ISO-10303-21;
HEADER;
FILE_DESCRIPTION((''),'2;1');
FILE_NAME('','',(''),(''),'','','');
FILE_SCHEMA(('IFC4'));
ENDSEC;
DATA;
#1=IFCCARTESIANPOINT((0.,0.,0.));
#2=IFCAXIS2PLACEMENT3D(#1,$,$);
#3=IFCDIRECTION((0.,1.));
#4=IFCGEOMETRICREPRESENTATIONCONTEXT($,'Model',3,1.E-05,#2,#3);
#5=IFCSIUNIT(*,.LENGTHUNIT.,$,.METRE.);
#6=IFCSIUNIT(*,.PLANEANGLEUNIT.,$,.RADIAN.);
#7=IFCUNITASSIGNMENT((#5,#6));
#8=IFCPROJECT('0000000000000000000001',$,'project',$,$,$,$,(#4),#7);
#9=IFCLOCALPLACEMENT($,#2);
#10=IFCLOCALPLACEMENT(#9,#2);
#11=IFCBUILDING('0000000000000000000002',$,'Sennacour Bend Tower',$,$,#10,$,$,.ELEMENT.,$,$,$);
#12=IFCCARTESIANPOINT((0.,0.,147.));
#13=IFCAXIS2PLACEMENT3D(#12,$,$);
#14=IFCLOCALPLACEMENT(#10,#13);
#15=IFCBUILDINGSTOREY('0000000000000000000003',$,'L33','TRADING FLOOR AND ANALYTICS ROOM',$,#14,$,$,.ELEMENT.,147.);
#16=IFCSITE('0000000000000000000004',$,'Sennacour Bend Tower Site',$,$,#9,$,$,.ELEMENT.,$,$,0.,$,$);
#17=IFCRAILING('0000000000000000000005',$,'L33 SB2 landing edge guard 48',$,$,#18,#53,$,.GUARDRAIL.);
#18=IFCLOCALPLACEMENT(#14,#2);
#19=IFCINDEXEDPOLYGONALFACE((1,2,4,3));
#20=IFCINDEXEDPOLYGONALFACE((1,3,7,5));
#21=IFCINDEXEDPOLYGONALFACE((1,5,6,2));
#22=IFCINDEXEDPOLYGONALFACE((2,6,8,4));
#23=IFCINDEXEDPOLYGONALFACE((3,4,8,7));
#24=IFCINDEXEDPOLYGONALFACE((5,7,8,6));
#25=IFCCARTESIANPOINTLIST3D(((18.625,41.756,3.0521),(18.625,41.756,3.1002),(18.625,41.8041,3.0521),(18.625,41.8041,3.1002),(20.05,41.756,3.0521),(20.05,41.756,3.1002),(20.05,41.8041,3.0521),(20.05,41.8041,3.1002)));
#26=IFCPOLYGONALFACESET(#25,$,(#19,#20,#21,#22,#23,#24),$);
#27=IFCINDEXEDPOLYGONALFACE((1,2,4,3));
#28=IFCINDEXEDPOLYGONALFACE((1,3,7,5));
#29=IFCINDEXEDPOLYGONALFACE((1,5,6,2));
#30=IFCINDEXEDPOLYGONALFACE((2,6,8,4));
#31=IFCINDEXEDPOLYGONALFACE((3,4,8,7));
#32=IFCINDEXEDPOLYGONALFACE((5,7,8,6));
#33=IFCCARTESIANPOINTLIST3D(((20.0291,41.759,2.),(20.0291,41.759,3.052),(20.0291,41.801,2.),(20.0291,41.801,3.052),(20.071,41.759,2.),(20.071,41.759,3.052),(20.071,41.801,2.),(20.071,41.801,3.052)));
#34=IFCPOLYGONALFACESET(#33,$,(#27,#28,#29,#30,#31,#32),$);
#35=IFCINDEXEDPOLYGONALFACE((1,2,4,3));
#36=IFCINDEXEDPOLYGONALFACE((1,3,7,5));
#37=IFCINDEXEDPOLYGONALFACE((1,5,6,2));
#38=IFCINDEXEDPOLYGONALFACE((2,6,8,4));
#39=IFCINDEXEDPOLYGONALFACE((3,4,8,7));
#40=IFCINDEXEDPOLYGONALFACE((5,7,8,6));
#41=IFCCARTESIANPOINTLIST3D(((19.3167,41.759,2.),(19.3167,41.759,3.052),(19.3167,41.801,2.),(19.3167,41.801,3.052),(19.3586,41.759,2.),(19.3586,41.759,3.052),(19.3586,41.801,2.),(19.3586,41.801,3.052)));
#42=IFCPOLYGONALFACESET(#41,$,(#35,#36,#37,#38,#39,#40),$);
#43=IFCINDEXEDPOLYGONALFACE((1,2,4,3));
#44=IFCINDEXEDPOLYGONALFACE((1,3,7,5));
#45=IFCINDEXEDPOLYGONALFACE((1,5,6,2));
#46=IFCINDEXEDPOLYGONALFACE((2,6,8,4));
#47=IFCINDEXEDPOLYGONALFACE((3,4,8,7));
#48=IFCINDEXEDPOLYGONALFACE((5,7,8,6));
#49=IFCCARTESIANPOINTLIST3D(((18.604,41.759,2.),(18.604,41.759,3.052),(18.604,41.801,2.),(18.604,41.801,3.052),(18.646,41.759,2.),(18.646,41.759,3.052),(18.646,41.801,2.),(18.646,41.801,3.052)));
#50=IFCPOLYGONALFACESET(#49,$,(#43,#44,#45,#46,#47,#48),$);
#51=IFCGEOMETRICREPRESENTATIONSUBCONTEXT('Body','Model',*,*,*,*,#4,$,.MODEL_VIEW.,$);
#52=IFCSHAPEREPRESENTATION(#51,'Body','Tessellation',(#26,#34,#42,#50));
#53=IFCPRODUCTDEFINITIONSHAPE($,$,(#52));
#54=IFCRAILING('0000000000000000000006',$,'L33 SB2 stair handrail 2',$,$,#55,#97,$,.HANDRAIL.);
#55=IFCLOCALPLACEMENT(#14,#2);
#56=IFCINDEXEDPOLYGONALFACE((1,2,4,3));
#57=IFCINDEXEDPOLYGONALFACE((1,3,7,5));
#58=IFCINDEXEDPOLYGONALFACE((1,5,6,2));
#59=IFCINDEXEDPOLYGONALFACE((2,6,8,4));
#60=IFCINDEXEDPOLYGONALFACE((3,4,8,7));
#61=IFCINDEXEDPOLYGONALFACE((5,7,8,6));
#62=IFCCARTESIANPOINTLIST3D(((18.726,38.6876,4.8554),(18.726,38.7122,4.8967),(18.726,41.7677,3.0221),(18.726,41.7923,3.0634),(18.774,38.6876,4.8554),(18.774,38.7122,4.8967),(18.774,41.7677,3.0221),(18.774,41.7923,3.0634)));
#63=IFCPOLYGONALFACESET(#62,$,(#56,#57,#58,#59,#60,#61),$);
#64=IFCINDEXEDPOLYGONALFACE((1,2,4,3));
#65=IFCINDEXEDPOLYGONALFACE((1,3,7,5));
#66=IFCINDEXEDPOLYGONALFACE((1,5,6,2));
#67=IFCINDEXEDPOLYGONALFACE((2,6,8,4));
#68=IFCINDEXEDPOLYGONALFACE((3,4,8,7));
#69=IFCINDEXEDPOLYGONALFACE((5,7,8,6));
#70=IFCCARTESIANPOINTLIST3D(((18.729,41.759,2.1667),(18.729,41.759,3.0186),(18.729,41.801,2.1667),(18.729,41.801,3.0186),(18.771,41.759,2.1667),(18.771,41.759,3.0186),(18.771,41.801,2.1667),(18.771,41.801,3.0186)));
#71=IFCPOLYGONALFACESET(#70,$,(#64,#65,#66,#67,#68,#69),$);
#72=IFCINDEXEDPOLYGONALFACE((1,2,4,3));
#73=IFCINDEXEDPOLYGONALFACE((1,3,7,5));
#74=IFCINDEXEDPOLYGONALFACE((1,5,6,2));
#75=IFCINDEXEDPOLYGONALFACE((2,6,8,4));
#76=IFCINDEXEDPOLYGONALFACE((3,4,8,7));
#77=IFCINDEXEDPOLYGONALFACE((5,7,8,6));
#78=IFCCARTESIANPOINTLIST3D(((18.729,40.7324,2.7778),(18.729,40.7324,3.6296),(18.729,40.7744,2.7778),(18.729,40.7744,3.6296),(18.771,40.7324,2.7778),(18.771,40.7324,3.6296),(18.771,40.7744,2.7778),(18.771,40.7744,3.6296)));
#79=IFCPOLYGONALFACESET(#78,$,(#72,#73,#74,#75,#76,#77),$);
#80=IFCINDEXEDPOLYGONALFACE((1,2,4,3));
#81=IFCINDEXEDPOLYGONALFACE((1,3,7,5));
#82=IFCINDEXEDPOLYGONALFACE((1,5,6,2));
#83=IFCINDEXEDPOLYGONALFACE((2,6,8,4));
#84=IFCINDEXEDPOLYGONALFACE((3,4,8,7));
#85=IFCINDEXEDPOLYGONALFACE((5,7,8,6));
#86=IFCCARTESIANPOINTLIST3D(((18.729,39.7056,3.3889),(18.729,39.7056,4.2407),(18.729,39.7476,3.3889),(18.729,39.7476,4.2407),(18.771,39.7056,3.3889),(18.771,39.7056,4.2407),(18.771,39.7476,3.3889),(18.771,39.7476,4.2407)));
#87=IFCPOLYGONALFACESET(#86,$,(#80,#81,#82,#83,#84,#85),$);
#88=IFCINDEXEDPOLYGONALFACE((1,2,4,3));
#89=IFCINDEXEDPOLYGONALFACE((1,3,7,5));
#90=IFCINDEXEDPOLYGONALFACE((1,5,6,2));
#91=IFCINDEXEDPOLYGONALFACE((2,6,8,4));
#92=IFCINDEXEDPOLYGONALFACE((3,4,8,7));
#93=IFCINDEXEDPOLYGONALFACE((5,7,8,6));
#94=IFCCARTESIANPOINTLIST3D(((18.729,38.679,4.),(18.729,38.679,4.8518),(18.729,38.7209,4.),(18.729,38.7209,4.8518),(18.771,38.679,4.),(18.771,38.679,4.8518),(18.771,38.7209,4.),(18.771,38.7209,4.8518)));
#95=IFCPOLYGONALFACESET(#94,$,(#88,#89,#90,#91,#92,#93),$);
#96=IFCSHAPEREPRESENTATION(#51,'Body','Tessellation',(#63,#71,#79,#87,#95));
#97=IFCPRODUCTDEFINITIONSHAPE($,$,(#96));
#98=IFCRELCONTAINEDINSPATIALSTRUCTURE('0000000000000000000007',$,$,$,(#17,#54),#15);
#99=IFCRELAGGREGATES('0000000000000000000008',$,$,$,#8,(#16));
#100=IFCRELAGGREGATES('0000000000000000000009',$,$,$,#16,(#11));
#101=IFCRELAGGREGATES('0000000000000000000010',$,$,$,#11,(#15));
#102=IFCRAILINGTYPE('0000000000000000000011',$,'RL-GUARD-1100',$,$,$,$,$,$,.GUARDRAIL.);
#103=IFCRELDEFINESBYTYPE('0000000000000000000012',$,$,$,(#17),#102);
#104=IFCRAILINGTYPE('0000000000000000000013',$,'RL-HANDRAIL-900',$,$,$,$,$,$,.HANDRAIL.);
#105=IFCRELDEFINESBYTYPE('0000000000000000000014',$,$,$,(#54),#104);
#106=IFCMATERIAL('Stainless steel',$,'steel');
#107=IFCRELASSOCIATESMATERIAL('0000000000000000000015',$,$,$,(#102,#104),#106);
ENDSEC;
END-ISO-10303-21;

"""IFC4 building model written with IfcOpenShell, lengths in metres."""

from ifc_helpers import new_model, si_unit, direction, frame, origin, origin_2d, place, context, subcontext, project, spatial, rectangle, extrude, material, type_object, element, save


model = new_model("IFC4")

# Units and contexts
model_context = context("Model", 3, precision=1e-05, world=origin(), true_north=direction((0.0, 1.0)))
body_context = subcontext(model_context, "Body", "Model", "MODEL_VIEW")
ifc_project = project(units=[si_unit("LENGTHUNIT", "METRE"), si_unit("PLANEANGLEUNIT", "RADIAN")], contexts=[model_context])

# Site, building, storey
site_placement = place(None, origin())
site = spatial("IfcSite", under=ifc_project, at=site_placement, Name="Sennacour Bend Tower Site", CompositionType="ELEMENT", RefElevation=0.0)
building_placement = place(site_placement, origin())
building = spatial("IfcBuilding", under=site, at=building_placement, Name="Sennacour Bend Tower", CompositionType="ELEMENT")
storey_placement = place(building_placement, frame((0.0, 0.0, 147.0)))
storey = spatial("IfcBuildingStorey", under=building, at=storey_placement, Name="L33", Description="TRADING FLOOR AND ANALYTICS ROOM", CompositionType="ELEMENT", Elevation=147.0)

# Railings
ifc_material_1 = material(Name="Stainless steel", Category="steel")
railing_type_1 = type_object("IfcRailingType", Name="RL-GUARD-1100", PredefinedType="GUARDRAIL", material=ifc_material_1)
railing_1_placement = place(storey_placement, frame((20.05, 41.78, 2.0)))
element("IfcRailing", 1, at=railing_1_placement, inside=storey, type_object=railing_type_1, Name="L33 SB2 landing edge guard 48", PredefinedType="GUARDRAIL", context=body_context, shape_type="SweptSolid", body=[
    extrude(rectangle(XDim=0.0481, YDim=0.0481, at=origin_2d()), frame((0.0, 0.0, 1.0762), z_axis=(-1.0, 0.0, 0.0), x_axis=(0.0, -1.0, 0.0)), (0.0, 0.0, 1.0), 1.425),
    extrude(rectangle(XDim=0.042, YDim=0.042, at=origin_2d()), origin(), (0.0, 0.0, 1.0), 1.052),
    extrude(rectangle(XDim=0.042, YDim=0.042, at=origin_2d()), frame((-0.7124, 0.0, 0.0)), (0.0, 0.0, 1.0), 1.052),
    extrude(rectangle(XDim=0.042, YDim=0.042, at=origin_2d()), frame((-1.425, 0.0, 0.0)), (0.0, 0.0, 1.0), 1.052),
])
railing_type_2 = type_object("IfcRailingType", Name="RL-HANDRAIL-900", PredefinedType="HANDRAIL", material=ifc_material_1)
railing_2_placement = place(storey_placement, frame((18.75, 41.78, 2.1667)))
element("IfcRailing", 2, at=railing_2_placement, inside=storey, type_object=railing_type_2, Name="L33 SB2 stair handrail 2", PredefinedType="HANDRAIL", context=body_context, shape_type="SweptSolid", body=[
    extrude(rectangle(XDim=0.0481, YDim=0.0481, at=origin_2d()), frame((0.0, 0.0, 0.876), z_axis=(0.0, -0.859309, 0.511458), x_axis=(1.0, 0.0, 0.0)), (0.0, 0.0, 1.0), 3.5845),
    extrude(rectangle(XDim=0.042, YDim=0.042, at=origin_2d()), origin(), (0.0, 0.0, 1.0), 0.8518),
    extrude(rectangle(XDim=0.042, YDim=0.042, at=origin_2d()), frame((0.0, -1.0266, 0.6111)), (0.0, 0.0, 1.0), 0.8518),
    extrude(rectangle(XDim=0.042, YDim=0.042, at=origin_2d()), frame((0.0, -2.0535, 1.2222)), (0.0, 0.0, 1.0), 0.8518),
    extrude(rectangle(XDim=0.042, YDim=0.042, at=origin_2d()), frame((0.0, -3.0801, 1.8333)), (0.0, 0.0, 1.0), 0.8518),
])

save(model, "model.ifc")
